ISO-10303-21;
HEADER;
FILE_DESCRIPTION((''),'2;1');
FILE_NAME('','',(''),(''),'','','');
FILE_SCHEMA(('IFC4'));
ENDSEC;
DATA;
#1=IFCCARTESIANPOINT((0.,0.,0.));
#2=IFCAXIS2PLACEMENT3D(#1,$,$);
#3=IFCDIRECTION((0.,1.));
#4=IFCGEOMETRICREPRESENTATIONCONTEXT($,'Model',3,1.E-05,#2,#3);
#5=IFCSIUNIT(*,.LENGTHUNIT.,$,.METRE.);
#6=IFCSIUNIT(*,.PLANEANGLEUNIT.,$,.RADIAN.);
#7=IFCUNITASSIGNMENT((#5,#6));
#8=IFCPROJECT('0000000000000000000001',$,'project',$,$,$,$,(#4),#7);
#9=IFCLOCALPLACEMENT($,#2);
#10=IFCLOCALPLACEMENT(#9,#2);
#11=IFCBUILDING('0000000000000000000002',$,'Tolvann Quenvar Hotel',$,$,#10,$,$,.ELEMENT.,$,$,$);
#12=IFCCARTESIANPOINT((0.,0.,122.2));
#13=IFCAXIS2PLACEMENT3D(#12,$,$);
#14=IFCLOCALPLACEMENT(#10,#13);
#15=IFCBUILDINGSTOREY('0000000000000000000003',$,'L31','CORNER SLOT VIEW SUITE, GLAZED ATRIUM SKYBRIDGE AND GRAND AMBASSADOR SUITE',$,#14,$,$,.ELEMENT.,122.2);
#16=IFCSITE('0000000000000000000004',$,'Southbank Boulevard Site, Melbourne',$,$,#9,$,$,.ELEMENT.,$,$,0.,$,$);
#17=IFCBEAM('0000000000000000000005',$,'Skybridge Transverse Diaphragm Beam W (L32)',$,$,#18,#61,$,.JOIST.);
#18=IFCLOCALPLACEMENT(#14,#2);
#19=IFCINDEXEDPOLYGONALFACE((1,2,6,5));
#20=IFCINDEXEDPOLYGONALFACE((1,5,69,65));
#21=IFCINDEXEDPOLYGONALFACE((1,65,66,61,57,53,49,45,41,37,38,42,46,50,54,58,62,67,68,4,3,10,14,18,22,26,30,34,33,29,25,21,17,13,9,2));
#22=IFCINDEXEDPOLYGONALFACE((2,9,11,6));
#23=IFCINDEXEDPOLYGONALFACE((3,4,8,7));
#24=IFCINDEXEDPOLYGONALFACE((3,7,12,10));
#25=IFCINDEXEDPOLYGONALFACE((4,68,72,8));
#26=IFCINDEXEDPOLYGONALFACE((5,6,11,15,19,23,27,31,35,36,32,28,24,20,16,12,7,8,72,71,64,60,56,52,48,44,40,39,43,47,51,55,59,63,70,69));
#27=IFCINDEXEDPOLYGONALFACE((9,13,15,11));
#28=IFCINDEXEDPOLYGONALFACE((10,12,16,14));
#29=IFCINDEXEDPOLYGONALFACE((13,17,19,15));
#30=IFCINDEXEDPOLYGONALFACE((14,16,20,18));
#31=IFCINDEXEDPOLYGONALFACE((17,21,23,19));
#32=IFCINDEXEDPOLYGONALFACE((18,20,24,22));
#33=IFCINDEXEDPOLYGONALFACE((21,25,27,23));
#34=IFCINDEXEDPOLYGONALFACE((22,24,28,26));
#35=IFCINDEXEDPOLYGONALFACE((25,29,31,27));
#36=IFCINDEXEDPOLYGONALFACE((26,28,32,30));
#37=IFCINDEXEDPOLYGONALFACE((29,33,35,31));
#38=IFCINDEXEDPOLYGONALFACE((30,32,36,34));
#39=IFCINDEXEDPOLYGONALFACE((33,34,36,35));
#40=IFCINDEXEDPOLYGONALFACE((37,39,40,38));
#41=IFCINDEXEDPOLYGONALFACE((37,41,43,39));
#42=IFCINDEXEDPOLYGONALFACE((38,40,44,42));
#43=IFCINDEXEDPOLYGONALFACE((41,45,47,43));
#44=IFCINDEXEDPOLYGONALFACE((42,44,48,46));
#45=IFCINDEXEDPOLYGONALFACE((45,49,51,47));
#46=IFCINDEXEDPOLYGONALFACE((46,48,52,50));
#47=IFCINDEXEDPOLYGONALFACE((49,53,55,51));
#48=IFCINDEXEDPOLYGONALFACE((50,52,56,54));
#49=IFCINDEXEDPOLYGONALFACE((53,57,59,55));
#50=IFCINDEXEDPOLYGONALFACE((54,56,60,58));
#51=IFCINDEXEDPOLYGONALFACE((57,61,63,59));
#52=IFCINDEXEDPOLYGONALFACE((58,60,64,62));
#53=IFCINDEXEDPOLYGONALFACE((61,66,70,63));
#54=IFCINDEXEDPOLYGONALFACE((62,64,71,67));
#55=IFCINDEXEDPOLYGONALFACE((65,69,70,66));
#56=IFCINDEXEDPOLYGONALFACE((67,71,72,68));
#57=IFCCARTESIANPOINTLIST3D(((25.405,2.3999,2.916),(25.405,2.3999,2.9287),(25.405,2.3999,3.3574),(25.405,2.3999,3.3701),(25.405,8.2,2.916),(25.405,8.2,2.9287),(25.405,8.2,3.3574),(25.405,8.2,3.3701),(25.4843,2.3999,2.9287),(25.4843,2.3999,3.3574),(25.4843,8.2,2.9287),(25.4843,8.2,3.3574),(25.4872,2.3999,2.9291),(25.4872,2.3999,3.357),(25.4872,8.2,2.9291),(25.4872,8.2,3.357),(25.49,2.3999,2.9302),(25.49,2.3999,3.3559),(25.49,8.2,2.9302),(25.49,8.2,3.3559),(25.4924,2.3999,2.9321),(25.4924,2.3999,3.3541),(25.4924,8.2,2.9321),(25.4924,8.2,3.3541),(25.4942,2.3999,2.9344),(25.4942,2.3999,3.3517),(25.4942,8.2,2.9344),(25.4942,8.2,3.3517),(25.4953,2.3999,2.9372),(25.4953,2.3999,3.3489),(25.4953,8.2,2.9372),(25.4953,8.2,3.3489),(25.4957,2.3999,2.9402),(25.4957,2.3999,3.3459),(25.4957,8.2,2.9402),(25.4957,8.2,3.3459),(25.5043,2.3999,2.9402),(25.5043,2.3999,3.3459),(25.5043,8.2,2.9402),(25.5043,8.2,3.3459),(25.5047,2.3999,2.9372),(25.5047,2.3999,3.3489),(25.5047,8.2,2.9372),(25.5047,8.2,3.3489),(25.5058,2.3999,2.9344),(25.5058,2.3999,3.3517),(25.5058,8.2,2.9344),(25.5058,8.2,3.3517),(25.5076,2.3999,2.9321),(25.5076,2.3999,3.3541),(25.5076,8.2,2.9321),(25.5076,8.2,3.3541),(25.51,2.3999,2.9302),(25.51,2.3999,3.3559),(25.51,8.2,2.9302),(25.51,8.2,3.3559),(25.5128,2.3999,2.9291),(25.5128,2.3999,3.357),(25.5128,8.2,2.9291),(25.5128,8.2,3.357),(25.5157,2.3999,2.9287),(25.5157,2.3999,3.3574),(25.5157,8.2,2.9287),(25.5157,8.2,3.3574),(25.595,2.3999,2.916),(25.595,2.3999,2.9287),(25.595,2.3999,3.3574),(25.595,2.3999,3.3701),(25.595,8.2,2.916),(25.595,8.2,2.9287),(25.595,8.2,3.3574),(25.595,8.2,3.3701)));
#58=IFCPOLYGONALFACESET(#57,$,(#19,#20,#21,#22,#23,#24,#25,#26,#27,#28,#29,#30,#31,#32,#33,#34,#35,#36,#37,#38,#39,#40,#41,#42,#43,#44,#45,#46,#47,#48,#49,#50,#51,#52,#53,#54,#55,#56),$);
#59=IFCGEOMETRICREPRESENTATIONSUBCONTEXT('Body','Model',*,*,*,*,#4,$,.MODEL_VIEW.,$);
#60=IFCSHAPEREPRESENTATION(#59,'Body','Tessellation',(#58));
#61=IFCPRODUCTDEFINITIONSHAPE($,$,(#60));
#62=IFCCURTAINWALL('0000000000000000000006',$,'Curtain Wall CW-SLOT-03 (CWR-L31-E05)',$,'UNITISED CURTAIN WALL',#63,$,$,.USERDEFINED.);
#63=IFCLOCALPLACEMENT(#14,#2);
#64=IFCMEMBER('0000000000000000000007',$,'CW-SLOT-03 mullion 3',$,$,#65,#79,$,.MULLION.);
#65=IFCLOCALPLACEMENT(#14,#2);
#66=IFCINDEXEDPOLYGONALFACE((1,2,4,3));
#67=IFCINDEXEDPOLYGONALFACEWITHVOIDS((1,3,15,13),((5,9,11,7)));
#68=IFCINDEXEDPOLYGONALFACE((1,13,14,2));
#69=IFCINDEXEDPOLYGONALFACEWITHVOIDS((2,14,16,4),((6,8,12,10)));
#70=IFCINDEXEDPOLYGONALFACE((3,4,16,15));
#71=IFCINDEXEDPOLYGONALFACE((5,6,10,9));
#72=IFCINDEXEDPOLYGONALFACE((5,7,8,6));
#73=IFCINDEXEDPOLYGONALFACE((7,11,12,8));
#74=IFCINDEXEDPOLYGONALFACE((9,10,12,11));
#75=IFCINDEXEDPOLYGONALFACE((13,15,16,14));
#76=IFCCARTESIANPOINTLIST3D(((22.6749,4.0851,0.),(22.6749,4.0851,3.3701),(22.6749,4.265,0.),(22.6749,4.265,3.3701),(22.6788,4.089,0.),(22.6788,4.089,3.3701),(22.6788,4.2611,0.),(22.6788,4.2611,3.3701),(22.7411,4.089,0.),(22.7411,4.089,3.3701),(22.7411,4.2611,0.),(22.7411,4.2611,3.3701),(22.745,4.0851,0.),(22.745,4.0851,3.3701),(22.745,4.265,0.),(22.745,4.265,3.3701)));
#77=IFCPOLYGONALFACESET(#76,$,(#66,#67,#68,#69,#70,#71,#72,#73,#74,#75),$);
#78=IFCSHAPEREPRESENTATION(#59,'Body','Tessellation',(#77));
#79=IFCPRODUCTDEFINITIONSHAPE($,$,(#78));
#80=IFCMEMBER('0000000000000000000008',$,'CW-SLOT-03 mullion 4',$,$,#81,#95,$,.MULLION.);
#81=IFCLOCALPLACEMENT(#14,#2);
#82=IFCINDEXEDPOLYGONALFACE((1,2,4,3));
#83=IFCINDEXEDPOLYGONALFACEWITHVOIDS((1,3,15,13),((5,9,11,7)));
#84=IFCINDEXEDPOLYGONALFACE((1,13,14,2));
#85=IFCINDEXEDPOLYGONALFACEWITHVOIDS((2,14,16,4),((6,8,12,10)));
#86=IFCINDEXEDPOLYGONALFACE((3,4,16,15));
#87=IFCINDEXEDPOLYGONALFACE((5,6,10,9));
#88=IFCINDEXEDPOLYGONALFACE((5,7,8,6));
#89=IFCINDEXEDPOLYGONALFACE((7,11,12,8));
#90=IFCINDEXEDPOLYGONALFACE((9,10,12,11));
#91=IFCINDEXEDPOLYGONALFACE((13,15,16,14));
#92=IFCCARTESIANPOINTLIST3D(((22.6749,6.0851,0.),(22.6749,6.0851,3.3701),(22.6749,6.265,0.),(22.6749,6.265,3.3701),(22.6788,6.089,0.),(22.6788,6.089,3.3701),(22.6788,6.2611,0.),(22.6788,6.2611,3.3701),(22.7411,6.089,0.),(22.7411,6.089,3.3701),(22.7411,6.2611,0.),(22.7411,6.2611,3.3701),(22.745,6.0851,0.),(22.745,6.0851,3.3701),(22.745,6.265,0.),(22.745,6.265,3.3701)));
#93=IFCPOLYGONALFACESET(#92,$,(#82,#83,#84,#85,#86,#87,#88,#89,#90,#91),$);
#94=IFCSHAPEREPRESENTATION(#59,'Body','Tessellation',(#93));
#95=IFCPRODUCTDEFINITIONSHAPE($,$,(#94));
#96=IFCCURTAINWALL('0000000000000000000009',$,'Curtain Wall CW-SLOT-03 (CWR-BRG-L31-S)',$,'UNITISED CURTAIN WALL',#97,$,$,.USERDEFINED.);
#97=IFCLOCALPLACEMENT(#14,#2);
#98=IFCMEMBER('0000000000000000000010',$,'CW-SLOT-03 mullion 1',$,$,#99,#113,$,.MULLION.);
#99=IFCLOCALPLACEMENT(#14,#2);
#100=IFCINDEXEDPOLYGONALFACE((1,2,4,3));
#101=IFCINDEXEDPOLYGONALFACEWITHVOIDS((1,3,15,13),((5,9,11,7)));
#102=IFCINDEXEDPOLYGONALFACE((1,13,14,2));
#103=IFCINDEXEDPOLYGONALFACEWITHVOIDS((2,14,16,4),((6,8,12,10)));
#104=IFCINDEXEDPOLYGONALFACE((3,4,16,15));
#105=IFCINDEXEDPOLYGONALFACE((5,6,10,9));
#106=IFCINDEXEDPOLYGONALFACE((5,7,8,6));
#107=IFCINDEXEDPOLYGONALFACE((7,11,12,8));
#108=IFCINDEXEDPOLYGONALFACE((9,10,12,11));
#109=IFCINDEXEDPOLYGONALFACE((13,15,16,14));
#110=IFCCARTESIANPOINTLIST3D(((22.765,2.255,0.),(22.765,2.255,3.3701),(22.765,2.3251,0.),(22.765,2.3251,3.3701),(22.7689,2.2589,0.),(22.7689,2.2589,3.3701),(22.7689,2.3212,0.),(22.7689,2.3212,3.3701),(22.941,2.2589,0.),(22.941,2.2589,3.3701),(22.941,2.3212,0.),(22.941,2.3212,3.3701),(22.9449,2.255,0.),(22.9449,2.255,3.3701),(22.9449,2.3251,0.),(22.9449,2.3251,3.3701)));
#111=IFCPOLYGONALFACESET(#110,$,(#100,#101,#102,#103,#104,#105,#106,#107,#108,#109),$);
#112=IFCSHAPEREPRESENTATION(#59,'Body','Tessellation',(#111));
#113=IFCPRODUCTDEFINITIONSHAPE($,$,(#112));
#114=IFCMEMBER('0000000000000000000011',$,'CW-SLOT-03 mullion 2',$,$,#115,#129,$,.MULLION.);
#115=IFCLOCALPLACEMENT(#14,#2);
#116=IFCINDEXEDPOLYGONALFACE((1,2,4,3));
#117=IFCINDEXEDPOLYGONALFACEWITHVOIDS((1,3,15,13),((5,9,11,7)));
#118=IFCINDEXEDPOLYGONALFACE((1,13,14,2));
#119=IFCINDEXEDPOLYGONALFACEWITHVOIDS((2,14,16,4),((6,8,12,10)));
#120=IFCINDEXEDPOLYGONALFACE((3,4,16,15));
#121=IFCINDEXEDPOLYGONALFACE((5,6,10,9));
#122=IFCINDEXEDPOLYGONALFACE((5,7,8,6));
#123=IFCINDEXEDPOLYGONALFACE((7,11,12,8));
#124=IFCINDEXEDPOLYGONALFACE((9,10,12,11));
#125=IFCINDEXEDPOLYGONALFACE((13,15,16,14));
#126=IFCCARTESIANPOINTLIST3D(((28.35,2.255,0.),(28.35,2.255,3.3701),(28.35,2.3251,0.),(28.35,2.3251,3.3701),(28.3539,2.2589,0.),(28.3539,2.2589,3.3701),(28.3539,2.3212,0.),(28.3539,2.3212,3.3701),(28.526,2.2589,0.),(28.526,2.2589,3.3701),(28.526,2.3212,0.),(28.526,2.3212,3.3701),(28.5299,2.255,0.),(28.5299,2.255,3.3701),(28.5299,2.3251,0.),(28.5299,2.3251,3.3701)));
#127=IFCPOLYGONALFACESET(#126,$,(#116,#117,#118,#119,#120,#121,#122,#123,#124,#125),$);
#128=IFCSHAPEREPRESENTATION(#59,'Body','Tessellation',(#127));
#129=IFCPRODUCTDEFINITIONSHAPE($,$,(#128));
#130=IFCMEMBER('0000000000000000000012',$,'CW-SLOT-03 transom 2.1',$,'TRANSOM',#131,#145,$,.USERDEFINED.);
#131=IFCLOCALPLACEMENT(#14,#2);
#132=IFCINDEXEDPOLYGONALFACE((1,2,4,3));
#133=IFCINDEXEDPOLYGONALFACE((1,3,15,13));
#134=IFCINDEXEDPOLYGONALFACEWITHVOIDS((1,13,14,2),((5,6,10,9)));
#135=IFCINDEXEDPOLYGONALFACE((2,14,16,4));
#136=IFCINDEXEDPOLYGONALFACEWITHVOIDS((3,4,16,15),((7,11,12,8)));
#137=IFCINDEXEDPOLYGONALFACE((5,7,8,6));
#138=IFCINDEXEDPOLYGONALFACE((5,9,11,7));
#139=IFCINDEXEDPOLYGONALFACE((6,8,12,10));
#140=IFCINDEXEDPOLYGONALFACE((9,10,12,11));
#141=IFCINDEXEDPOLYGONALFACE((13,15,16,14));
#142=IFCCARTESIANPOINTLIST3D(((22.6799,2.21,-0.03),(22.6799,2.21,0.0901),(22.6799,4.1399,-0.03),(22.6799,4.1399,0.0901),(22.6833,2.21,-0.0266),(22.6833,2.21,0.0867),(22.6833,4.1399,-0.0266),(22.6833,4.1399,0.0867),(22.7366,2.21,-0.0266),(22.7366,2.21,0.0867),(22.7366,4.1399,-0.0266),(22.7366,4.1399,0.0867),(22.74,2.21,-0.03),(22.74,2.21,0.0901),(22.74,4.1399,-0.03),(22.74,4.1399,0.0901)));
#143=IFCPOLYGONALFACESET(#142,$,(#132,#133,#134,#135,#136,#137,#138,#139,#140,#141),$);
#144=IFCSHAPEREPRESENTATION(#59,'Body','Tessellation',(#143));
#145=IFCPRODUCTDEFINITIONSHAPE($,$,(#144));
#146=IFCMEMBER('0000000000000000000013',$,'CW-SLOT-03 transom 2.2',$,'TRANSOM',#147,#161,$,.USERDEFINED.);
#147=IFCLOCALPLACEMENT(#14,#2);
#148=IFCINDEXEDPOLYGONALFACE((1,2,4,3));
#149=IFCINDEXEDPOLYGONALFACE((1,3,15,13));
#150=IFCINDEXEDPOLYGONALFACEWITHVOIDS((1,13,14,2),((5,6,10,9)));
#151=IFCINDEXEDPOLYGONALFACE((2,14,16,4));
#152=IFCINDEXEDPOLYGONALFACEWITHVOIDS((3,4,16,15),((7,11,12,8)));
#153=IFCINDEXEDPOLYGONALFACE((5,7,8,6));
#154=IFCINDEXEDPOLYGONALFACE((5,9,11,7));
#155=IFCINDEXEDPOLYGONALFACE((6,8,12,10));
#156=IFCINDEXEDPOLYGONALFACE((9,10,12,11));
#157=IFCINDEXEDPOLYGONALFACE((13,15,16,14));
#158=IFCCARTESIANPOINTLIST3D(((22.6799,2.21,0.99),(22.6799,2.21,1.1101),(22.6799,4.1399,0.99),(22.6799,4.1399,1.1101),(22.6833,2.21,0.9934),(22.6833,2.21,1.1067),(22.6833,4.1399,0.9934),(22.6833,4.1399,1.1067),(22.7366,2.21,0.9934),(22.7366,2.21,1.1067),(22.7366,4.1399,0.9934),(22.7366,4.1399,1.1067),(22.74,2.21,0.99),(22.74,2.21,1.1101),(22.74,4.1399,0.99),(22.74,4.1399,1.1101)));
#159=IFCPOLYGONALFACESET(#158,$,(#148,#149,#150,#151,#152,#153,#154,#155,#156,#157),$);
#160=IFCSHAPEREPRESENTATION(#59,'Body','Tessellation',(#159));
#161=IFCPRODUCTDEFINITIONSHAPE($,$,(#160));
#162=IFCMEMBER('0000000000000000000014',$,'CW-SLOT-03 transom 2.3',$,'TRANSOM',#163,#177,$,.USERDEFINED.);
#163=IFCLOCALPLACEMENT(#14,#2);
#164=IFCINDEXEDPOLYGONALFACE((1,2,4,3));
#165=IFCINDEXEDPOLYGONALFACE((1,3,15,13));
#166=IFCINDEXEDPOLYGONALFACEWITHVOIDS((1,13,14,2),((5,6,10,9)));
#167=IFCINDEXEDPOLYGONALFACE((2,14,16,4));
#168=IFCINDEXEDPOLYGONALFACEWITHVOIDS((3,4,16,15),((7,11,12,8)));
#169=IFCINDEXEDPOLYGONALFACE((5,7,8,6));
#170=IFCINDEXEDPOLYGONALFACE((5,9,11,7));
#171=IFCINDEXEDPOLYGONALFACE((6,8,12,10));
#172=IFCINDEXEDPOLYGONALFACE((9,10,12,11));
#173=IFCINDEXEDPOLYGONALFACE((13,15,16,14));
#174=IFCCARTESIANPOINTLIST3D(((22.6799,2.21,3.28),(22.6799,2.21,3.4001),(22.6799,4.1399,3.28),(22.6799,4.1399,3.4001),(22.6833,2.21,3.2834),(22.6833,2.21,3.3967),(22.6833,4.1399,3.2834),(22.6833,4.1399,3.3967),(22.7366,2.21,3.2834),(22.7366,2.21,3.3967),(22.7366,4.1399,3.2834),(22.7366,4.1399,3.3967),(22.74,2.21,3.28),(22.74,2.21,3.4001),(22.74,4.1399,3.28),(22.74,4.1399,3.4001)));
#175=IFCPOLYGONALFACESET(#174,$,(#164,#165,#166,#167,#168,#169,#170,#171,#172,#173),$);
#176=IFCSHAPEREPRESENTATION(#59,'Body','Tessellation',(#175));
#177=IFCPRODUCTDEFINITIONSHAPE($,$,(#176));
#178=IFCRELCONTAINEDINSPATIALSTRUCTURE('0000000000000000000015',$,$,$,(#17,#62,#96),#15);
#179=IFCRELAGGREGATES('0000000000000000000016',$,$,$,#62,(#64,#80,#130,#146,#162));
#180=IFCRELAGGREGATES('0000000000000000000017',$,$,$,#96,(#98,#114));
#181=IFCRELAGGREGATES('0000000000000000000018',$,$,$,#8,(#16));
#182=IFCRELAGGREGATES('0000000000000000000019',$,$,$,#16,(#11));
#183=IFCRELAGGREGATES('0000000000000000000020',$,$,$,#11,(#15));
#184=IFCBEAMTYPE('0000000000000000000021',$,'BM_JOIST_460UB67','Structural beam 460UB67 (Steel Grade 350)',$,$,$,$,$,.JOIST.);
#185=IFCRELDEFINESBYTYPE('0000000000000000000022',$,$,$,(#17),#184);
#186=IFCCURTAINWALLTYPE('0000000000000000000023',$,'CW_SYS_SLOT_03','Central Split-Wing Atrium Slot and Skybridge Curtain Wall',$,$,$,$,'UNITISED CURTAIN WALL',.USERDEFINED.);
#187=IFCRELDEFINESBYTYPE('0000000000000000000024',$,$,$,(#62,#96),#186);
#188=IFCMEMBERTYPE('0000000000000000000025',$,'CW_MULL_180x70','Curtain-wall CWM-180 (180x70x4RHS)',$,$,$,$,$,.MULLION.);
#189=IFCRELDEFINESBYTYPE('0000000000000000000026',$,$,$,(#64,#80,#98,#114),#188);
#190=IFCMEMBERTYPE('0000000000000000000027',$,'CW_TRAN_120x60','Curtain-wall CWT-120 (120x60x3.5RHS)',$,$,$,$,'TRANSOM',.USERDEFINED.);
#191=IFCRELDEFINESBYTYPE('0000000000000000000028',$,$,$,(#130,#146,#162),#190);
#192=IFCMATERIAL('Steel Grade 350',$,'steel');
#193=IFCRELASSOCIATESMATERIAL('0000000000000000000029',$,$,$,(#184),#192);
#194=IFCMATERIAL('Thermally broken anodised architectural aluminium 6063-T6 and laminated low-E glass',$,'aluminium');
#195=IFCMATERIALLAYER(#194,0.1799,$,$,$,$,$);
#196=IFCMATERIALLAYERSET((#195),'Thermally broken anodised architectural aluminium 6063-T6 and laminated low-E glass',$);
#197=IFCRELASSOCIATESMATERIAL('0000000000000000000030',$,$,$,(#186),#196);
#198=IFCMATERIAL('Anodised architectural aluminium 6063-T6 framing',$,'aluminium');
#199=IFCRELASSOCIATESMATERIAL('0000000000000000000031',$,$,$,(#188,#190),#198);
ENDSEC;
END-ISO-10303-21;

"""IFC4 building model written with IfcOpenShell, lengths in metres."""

from ifc_helpers import new_model, si_unit, direction, frame, origin, origin_2d, place, context, subcontext, project, spatial, hollow_rectangle, i_section, extrude, source, transform, mapped, material, layer, layer_set, material_profile, profile_set, type_object, type_shapes, element, aggregate, save


model = new_model("IFC4")

# Units and contexts
model_context = context("Model", 3, precision=1e-05, world=origin(), true_north=direction((0.0, 1.0)))
body_context = subcontext(model_context, "Body", "Model", "MODEL_VIEW")
ifc_project = project(units=[si_unit("LENGTHUNIT", "METRE"), si_unit("PLANEANGLEUNIT", "RADIAN")], contexts=[model_context])

# Site, building, storey
site_placement = place(None, origin())
site = spatial("IfcSite", under=ifc_project, at=site_placement, Name="Southbank Boulevard Site, Melbourne", CompositionType="ELEMENT", RefElevation=0.0)
building_placement = place(site_placement, origin())
building = spatial("IfcBuilding", under=site, at=building_placement, Name="Tolvann Quenvar Hotel", CompositionType="ELEMENT")
storey_placement = place(building_placement, frame((0.0, 0.0, 122.2)))
storey = spatial("IfcBuildingStorey", under=building, at=storey_placement, Name="L31", Description="CORNER SLOT VIEW SUITE, GLAZED ATRIUM SKYBRIDGE AND GRAND AMBASSADOR SUITE", CompositionType="ELEMENT", Elevation=122.2)

# Beam
ifc_material_1 = material(Name="Steel Grade 350", Category="steel")
ifc_material_profile_1 = material_profile(ifc_material_1, i_section(OverallWidth=0.1899, OverallDepth=0.4541, WebThickness=0.0085, FlangeThickness=0.0127, FilletRadius=0.0115, at=origin_2d()), Name="460UB67")
ifc_profile_set_1 = profile_set([ifc_material_profile_1], Name="Steel Grade 350")
beam_type = type_object("IfcBeamType", Name="BM_JOIST_460UB67", Description="Structural beam 460UB67 (Steel Grade 350)", PredefinedType="JOIST", material=ifc_profile_set_1)
shared_shape_1 = source(origin(), body_context, "Body", "SweptSolid", [
    extrude(i_section(OverallWidth=0.1899, OverallDepth=0.4541, WebThickness=0.0085, FlangeThickness=0.0127, FilletRadius=0.0115, at=origin_2d()), origin(), (0.0, 0.0, 1.0), 5.8),
])
type_shapes(beam_type, [shared_shape_1])
beam_placement = place(storey_placement, frame((25.5, 2.3999, 3.1431), z_axis=(0.0, 1.0, 0.0), x_axis=(-1.0, 0.0, 0.0)))
element("IfcBeam", 1, at=beam_placement, inside=storey, type_object=beam_type, Name="Skybridge Transverse Diaphragm Beam W (L32)", PredefinedType="JOIST", context=body_context, shape_type="MappedRepresentation", body=[
    mapped(shared_shape_1, transform((0.0, 0.0, 0.0), x_axis=(1.0, 0.0, 0.0), y_axis=(0.0, 1.0, 0.0), z_axis=(0.0, 0.0, 1.0), scale=1.0)),
])

# Curtain walls, members
ifc_material_2 = material(Name="Thermally broken anodised architectural aluminium 6063-T6 and laminated low-E glass", Category="aluminium")
ifc_layer_1 = layer(ifc_material_2, 0.1799)
ifc_layer_set_1 = layer_set([ifc_layer_1], Name="Thermally broken anodised architectural aluminium 6063-T6 and laminated low-E glass")
curtain_wall_type = type_object("IfcCurtainWallType", Name="CW_SYS_SLOT_03", Description="Central Split-Wing Atrium Slot and Skybridge Curtain Wall", ElementType="UNITISED CURTAIN WALL", PredefinedType="USERDEFINED", material=ifc_layer_set_1)
curtain_wall_1_placement = place(storey_placement, origin())
curtain_wall_1 = element("IfcCurtainWall", 2, at=curtain_wall_1_placement, inside=storey, type_object=curtain_wall_type, Name="Curtain Wall CW-SLOT-03 (CWR-L31-E05)", ObjectType="UNITISED CURTAIN WALL", PredefinedType="USERDEFINED")
ifc_material_3 = material(Name="Anodised architectural aluminium 6063-T6 framing", Category="aluminium")
ifc_material_profile_2 = material_profile(ifc_material_3, hollow_rectangle(XDim=0.0701, YDim=0.1799, WallThickness=0.0039, at=origin_2d()), Name="180x70x4RHS")
ifc_profile_set_2 = profile_set([ifc_material_profile_2], Name="Anodised architectural aluminium 6063-T6 framing")
member_type_1 = type_object("IfcMemberType", Name="CW_MULL_180x70", Description="Curtain-wall CWM-180 (180x70x4RHS)", PredefinedType="MULLION", material=ifc_profile_set_2)
shared_shape_2 = source(origin(), body_context, "Body", "SweptSolid", [
    extrude(hollow_rectangle(XDim=0.0701, YDim=0.1799, WallThickness=0.0039, at=origin_2d()), origin(), (0.0, 0.0, 1.0), 3.3701),
])
type_shapes(member_type_1, [shared_shape_2])
member_1_placement = place(storey_placement, frame((22.71, 4.175, 0.0), z_axis=(0.0, 0.0, 1.0), x_axis=(-1.0, 0.0, 0.0)))
member_1 = element("IfcMember", 3, at=member_1_placement, type_object=member_type_1, Name="CW-SLOT-03 mullion 3", PredefinedType="MULLION", context=body_context, shape_type="MappedRepresentation", body=[
    mapped(shared_shape_2, transform((0.0, 0.0, 0.0), x_axis=(1.0, 0.0, 0.0), y_axis=(0.0, 1.0, 0.0), z_axis=(0.0, 0.0, 1.0), scale=1.0)),
])
member_2_placement = place(storey_placement, frame((22.71, 6.175, 0.0), z_axis=(0.0, 0.0, 1.0), x_axis=(-1.0, 0.0, 0.0)))
member_2 = element("IfcMember", 4, at=member_2_placement, type_object=member_type_1, Name="CW-SLOT-03 mullion 4", PredefinedType="MULLION", context=body_context, shape_type="MappedRepresentation", body=[
    mapped(shared_shape_2, transform((0.0, 0.0, 0.0), x_axis=(1.0, 0.0, 0.0), y_axis=(0.0, 1.0, 0.0), z_axis=(0.0, 0.0, 1.0), scale=1.0)),
])
curtain_wall_2_placement = place(storey_placement, origin())
curtain_wall_2 = element("IfcCurtainWall", 5, at=curtain_wall_2_placement, inside=storey, type_object=curtain_wall_type, Name="Curtain Wall CW-SLOT-03 (CWR-BRG-L31-S)", ObjectType="UNITISED CURTAIN WALL", PredefinedType="USERDEFINED")
member_3_placement = place(storey_placement, frame((22.855, 2.29, 0.0), z_axis=(0.0, 0.0, 1.0), x_axis=(0.0, 1.0, 0.0)))
member_3 = element("IfcMember", 6, at=member_3_placement, type_object=member_type_1, Name="CW-SLOT-03 mullion 1", PredefinedType="MULLION", context=body_context, shape_type="MappedRepresentation", body=[
    mapped(shared_shape_2, transform((0.0, 0.0, 0.0), x_axis=(1.0, 0.0, 0.0), y_axis=(0.0, 1.0, 0.0), z_axis=(0.0, 0.0, 1.0), scale=1.0)),
])
member_4_placement = place(storey_placement, frame((28.4399, 2.29, 0.0), z_axis=(0.0, 0.0, 1.0), x_axis=(0.0, 1.0, 0.0)))
member_4 = element("IfcMember", 7, at=member_4_placement, type_object=member_type_1, Name="CW-SLOT-03 mullion 2", PredefinedType="MULLION", context=body_context, shape_type="MappedRepresentation", body=[
    mapped(shared_shape_2, transform((0.0, 0.0, 0.0), x_axis=(1.0, 0.0, 0.0), y_axis=(0.0, 1.0, 0.0), z_axis=(0.0, 0.0, 1.0), scale=1.0)),
])

# Members
ifc_material_profile_3 = material_profile(ifc_material_3, hollow_rectangle(XDim=0.0601, YDim=0.1201, WallThickness=0.0034, at=origin_2d()), Name="120x60x3.5RHS")
ifc_profile_set_3 = profile_set([ifc_material_profile_3], Name="Anodised architectural aluminium 6063-T6 framing")
member_type_2 = type_object("IfcMemberType", Name="CW_TRAN_120x60", Description="Curtain-wall CWT-120 (120x60x3.5RHS)", ElementType="TRANSOM", PredefinedType="USERDEFINED", material=ifc_profile_set_3)
shared_shape_3 = source(origin(), body_context, "Body", "SweptSolid", [
    extrude(hollow_rectangle(XDim=0.0601, YDim=0.1201, WallThickness=0.0034, at=origin_2d()), origin(), (0.0, 0.0, 1.0), 1.9299),
])
member_5_placement = place(storey_placement, frame((22.71, 2.21, 0.03), z_axis=(0.0, 1.0, 0.0), x_axis=(-1.0, 0.0, 0.0)))
member_5 = element("IfcMember", 8, at=member_5_placement, type_object=member_type_2, Name="CW-SLOT-03 transom 2.1", ObjectType="TRANSOM", PredefinedType="USERDEFINED", context=body_context, shape_type="MappedRepresentation", body=[
    mapped(shared_shape_3, transform((0.0, 0.0, 0.0), x_axis=(1.0, 0.0, 0.0), y_axis=(0.0, 1.0, 0.0), z_axis=(0.0, 0.0, 1.0), scale=1.0)),
])
member_6_placement = place(storey_placement, frame((22.71, 2.21, 1.05), z_axis=(0.0, 1.0, 0.0), x_axis=(-1.0, 0.0, 0.0)))
member_6 = element("IfcMember", 9, at=member_6_placement, type_object=member_type_2, Name="CW-SLOT-03 transom 2.2", ObjectType="TRANSOM", PredefinedType="USERDEFINED", context=body_context, shape_type="MappedRepresentation", body=[
    mapped(shared_shape_3, transform((0.0, 0.0, 0.0), x_axis=(1.0, 0.0, 0.0), y_axis=(0.0, 1.0, 0.0), z_axis=(0.0, 0.0, 1.0), scale=1.0)),
])
member_7_placement = place(storey_placement, frame((22.71, 2.21, 3.3401), z_axis=(0.0, 1.0, 0.0), x_axis=(-1.0, 0.0, 0.0)))
member_7 = element("IfcMember", 10, at=member_7_placement, type_object=member_type_2, Name="CW-SLOT-03 transom 2.3", ObjectType="TRANSOM", PredefinedType="USERDEFINED", context=body_context, shape_type="MappedRepresentation", body=[
    mapped(shared_shape_3, transform((0.0, 0.0, 0.0), x_axis=(1.0, 0.0, 0.0), y_axis=(0.0, 1.0, 0.0), z_axis=(0.0, 0.0, 1.0), scale=1.0)),
])

aggregate(curtain_wall_1, [member_1, member_2, member_5, member_6, member_7])
aggregate(curtain_wall_2, [member_3, member_4])

save(model, "model.ifc")
